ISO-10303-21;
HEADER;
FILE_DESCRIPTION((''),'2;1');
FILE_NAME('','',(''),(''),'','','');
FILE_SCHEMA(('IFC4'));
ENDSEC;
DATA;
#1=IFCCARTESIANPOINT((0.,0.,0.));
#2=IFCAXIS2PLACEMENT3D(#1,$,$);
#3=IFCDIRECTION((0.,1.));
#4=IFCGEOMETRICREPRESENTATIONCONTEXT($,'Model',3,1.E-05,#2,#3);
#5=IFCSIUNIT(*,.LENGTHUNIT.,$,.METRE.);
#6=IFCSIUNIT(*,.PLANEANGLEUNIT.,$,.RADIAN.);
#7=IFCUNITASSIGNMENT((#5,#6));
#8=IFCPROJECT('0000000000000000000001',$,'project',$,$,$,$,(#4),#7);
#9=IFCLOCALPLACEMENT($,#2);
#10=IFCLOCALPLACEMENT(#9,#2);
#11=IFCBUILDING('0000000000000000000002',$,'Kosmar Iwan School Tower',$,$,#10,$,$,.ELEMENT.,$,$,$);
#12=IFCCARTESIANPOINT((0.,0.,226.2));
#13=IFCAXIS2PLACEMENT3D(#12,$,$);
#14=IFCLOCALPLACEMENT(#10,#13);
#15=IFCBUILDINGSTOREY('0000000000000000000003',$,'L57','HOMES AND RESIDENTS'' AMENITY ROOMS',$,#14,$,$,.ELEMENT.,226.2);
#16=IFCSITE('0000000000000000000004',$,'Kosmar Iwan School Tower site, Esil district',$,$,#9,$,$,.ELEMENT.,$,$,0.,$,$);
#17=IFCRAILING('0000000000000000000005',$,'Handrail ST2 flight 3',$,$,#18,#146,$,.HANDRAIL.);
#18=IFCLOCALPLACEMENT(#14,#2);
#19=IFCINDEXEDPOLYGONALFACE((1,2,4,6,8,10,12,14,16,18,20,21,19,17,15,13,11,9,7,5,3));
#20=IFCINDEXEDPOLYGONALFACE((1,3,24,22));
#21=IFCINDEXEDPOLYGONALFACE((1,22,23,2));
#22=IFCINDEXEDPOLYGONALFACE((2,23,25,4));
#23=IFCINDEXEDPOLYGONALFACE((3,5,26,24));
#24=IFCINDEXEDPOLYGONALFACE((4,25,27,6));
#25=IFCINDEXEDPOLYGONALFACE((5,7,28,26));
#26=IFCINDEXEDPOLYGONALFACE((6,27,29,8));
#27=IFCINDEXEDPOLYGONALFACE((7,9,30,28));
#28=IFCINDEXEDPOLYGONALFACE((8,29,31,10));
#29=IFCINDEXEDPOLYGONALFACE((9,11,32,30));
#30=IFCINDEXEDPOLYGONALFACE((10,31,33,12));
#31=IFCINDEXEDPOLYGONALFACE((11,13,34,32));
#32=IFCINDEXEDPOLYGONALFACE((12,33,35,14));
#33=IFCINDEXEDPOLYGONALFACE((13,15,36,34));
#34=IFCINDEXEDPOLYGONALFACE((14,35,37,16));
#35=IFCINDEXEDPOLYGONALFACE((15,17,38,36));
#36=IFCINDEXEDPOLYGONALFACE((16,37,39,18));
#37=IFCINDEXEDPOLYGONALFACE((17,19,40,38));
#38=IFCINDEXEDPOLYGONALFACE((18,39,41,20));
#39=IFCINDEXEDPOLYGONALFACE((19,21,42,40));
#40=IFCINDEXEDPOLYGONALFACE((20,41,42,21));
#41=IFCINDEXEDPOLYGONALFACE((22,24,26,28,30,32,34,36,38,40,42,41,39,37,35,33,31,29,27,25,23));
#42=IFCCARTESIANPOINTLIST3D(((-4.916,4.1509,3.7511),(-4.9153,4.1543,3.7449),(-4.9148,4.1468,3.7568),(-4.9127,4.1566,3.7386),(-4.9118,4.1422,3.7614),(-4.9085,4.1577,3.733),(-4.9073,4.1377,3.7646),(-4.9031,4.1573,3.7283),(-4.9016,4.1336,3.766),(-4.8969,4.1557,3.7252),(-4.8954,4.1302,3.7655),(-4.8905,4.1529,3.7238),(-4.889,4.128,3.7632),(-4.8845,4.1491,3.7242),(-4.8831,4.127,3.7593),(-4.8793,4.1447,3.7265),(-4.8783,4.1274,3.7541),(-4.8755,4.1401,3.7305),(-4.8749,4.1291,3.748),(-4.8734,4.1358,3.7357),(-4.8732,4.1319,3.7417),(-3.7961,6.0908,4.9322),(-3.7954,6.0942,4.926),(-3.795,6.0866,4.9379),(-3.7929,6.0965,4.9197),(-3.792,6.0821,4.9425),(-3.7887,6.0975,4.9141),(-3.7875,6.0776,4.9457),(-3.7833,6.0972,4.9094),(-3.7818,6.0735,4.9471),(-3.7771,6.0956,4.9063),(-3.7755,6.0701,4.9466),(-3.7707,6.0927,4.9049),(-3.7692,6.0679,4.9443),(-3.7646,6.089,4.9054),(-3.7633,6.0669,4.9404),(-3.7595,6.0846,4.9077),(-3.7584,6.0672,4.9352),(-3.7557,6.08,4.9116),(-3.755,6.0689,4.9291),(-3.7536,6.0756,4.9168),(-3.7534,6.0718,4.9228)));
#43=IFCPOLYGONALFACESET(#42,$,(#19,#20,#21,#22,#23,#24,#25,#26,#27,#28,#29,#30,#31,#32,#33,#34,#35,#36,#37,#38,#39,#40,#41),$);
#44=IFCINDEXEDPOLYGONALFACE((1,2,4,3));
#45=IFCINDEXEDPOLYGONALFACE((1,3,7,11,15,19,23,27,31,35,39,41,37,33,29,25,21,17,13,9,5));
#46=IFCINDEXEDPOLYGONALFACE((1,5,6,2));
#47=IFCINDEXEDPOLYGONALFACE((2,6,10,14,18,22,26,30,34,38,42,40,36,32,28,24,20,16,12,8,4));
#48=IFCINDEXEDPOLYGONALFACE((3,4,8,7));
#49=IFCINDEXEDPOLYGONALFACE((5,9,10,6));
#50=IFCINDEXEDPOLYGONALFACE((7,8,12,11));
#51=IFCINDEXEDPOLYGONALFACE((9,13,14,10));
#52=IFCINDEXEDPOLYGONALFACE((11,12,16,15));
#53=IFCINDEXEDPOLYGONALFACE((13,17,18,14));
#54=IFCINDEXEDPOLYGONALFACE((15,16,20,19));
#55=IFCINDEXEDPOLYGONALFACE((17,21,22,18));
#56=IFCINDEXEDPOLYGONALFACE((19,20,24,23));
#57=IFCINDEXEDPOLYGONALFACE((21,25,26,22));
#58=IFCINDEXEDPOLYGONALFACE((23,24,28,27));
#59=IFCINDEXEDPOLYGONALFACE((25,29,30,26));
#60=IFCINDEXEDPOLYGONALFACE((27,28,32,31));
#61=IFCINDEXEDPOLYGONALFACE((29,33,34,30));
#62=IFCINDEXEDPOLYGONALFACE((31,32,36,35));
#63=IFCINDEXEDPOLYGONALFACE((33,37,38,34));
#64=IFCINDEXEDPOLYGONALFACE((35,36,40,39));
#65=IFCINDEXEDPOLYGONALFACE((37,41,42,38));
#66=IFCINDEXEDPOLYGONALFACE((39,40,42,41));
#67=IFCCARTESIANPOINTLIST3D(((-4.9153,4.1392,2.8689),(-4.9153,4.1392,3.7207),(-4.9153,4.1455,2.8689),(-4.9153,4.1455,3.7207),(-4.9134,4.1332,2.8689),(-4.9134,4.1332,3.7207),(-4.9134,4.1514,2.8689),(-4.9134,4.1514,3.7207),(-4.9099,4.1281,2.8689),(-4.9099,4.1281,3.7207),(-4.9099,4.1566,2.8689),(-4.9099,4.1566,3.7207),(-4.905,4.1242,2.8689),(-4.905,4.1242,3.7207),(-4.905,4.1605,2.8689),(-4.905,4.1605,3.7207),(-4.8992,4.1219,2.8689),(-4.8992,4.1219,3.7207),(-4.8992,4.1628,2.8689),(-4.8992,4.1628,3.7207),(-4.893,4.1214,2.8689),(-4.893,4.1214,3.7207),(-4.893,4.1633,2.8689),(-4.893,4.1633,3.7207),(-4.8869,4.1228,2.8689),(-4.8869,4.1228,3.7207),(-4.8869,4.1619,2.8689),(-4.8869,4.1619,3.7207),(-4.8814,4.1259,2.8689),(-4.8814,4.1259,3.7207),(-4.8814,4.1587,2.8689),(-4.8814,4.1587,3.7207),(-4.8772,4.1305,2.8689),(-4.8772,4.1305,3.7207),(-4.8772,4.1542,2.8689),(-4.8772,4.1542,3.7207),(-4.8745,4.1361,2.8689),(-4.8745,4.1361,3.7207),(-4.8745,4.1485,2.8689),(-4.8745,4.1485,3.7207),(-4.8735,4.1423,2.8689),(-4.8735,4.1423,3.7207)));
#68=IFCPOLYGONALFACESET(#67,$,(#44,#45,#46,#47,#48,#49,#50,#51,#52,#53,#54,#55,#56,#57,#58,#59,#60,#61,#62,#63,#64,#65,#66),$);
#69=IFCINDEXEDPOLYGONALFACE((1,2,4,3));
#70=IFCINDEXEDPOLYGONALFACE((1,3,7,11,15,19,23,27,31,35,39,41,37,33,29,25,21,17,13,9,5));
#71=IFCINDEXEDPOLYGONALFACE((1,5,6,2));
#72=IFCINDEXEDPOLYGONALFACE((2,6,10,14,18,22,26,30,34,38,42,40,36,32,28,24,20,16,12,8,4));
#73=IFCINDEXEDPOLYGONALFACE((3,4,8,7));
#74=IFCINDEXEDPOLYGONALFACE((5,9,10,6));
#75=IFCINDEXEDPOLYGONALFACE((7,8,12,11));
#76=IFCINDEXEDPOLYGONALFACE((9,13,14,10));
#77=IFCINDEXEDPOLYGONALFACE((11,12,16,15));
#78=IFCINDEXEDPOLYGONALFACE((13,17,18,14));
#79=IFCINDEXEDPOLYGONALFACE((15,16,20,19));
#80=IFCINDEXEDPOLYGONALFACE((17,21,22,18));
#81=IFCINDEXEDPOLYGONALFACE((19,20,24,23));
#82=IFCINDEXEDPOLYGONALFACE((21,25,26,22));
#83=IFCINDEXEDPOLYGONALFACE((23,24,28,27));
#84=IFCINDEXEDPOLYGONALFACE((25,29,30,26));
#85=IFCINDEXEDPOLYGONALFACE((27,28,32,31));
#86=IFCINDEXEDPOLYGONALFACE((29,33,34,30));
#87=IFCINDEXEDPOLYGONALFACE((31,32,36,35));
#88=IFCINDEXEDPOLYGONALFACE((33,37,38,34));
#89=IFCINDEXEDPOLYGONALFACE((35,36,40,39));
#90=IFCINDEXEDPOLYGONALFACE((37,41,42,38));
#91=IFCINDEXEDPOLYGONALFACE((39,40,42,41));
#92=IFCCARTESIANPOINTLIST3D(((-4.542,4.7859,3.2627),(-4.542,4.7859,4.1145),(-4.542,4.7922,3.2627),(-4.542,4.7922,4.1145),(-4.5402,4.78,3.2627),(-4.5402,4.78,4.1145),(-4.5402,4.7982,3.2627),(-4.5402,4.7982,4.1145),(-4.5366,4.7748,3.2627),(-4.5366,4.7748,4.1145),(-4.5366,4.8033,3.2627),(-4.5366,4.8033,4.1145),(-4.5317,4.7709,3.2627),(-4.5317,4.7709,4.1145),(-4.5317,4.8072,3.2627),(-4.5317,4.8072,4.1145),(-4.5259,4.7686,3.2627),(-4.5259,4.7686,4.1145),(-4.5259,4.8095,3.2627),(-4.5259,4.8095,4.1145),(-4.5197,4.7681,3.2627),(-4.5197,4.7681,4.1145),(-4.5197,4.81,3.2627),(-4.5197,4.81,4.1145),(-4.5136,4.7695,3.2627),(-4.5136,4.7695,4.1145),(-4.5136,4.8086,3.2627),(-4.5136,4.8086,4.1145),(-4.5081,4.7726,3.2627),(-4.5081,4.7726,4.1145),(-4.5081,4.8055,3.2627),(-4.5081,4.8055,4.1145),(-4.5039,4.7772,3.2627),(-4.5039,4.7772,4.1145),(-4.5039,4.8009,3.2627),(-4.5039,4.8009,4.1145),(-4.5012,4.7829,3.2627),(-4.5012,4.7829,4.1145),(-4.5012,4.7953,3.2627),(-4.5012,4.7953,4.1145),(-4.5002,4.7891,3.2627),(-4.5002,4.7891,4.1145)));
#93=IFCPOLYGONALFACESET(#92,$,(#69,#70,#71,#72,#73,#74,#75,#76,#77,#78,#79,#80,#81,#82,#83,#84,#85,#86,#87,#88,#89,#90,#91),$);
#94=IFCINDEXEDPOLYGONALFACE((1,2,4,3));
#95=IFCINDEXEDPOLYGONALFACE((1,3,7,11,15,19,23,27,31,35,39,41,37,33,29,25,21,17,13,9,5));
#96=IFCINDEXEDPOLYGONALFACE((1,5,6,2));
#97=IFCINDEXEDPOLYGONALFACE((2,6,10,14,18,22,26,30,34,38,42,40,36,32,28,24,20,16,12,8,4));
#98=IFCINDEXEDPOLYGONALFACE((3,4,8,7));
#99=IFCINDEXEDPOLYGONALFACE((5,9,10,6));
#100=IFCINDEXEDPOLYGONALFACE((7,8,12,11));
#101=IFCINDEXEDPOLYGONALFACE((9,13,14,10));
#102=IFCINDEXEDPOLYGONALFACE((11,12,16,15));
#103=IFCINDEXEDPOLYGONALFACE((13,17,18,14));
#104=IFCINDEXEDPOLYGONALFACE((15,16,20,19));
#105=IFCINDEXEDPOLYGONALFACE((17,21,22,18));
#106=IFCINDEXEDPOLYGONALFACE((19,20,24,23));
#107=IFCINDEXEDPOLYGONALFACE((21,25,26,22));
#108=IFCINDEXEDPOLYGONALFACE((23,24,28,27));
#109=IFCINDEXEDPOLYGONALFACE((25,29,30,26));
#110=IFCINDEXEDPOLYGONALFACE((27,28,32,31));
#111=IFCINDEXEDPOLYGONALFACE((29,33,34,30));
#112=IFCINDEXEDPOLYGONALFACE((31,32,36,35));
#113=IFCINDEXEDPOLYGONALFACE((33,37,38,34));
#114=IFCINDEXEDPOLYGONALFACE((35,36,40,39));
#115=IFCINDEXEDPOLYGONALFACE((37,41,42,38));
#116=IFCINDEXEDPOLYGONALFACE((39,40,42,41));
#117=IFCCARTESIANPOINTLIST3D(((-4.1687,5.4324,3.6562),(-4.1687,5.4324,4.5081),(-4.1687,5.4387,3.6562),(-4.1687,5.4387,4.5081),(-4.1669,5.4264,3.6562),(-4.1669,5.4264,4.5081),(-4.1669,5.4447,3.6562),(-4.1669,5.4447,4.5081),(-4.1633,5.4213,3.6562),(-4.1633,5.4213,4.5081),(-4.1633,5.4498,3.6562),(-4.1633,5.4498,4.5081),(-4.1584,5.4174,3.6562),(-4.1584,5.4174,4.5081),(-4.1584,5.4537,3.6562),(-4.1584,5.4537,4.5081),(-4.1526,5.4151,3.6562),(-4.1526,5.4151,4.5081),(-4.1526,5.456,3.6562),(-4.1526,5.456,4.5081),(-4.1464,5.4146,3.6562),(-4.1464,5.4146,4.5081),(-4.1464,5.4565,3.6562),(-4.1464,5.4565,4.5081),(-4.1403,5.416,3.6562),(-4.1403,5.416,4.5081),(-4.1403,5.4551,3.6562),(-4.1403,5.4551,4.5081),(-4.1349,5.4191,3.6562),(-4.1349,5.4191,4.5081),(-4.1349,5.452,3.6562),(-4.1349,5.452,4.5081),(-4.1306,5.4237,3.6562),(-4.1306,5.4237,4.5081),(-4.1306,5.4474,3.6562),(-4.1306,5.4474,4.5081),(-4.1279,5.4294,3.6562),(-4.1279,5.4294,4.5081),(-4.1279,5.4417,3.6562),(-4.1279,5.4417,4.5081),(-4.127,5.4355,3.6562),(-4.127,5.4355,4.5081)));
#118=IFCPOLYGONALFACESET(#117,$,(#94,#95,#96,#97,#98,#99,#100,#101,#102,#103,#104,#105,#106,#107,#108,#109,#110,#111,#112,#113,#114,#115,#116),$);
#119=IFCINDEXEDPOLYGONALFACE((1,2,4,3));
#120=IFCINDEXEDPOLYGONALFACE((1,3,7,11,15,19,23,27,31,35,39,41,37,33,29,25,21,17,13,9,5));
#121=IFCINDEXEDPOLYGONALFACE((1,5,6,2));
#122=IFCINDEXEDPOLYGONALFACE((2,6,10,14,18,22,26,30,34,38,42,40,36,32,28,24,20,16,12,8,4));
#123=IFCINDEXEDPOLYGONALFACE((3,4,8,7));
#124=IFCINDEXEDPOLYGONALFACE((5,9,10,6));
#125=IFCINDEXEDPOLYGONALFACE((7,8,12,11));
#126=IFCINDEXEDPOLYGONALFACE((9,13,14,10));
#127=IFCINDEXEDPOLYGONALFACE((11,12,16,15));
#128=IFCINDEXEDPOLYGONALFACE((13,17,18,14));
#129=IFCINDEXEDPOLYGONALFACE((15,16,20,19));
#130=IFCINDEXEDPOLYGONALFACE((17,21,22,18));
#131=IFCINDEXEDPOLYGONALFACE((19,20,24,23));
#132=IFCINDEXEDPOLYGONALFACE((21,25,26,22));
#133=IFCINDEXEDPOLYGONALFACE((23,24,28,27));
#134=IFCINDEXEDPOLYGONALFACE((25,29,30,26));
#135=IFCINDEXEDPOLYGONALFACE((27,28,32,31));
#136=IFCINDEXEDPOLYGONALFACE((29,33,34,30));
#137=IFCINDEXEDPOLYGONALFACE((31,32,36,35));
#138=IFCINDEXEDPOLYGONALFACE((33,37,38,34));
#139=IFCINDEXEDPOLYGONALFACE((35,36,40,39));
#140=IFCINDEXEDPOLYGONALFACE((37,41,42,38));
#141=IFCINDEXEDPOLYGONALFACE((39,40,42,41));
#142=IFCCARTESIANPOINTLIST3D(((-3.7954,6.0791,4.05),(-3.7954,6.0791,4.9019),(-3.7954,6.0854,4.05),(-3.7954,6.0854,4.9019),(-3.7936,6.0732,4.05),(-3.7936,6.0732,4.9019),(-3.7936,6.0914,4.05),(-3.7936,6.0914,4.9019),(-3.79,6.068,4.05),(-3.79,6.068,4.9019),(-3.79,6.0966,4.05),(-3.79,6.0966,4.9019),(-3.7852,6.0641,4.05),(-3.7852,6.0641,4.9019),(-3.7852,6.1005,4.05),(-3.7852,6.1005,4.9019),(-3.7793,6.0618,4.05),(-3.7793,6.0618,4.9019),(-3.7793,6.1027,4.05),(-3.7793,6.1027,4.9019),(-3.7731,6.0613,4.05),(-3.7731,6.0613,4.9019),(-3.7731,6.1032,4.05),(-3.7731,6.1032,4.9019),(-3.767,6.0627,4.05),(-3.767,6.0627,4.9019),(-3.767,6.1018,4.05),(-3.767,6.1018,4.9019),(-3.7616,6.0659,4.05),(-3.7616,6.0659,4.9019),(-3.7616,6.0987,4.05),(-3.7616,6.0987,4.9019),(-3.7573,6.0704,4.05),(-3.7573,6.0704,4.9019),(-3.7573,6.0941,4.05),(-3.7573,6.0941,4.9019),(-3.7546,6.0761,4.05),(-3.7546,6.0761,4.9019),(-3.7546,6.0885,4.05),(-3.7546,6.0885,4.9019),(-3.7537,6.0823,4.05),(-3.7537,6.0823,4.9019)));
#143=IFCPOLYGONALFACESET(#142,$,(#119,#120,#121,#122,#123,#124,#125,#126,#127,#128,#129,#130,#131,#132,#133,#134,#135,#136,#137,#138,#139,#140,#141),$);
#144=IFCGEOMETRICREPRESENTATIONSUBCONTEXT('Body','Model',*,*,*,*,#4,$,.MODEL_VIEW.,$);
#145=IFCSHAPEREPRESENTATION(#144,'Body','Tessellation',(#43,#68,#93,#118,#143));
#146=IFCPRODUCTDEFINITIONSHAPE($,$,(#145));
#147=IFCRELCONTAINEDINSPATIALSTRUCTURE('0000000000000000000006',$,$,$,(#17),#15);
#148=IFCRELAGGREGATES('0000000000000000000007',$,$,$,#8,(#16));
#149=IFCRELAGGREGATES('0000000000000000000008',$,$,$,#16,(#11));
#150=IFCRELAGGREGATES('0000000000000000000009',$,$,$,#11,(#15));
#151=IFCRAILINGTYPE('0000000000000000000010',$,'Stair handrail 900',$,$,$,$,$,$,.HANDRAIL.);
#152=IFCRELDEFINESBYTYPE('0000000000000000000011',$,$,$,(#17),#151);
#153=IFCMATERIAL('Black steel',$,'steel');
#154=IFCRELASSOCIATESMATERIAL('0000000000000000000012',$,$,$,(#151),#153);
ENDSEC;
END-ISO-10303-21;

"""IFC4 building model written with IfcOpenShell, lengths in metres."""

from ifc_helpers import new_model, si_unit, direction, frame, origin, origin_2d, place, context, subcontext, project, spatial, circle, extrude, material, type_object, element, save


model = new_model("IFC4")

# Units and contexts
model_context = context("Model", 3, precision=1e-05, world=origin(), true_north=direction((0.0, 1.0)))
body_context = subcontext(model_context, "Body", "Model", "MODEL_VIEW")
ifc_project = project(units=[si_unit("LENGTHUNIT", "METRE"), si_unit("PLANEANGLEUNIT", "RADIAN")], contexts=[model_context])

# Site, building, storey
site_placement = place(None, origin())
site = spatial("IfcSite", under=ifc_project, at=site_placement, Name="Kosmar Iwan School Tower site, Esil district", CompositionType="ELEMENT", RefElevation=0.0)
building_placement = place(site_placement, origin())
building = spatial("IfcBuilding", under=site, at=building_placement, Name="Kosmar Iwan School Tower", CompositionType="ELEMENT")
storey_placement = place(building_placement, frame((0.0, 0.0, 226.2)))
storey = spatial("IfcBuildingStorey", under=building, at=storey_placement, Name="L57", Description="HOMES AND RESIDENTS' AMENITY ROOMS", CompositionType="ELEMENT", Elevation=226.2)

# Railing
ifc_material_1 = material(Name="Black steel", Category="steel")
railing_type = type_object("IfcRailingType", Name="Stair handrail 900", PredefinedType="HANDRAIL", material=ifc_material_1)
railing_1_placement = place(storey_placement, frame((-4.8945, 4.1423, 2.8689)))
element("IfcRailing", 1, at=railing_1_placement, inside=storey, type_object=railing_type, Name="Handrail ST2 flight 3", PredefinedType="HANDRAIL", context=body_context, shape_type="SweptSolid", body=[
    extrude(circle(Radius=0.0239, at=origin_2d()), frame((0.0, 0.0, 0.876), z_axis=(0.442233, 0.766075, 0.466432), x_axis=(-0.866055, 0.499949, 0.0)), (0.0, 0.0, 1.0), 2.5322),
    extrude(circle(Radius=0.021, at=origin_2d()), origin(), (0.0, 0.0, 1.0), 0.8518),
    extrude(circle(Radius=0.021, at=origin_2d()), frame((0.3733, 0.6467, 0.3938)), (0.0, 0.0, 1.0), 0.8518),
    extrude(circle(Radius=0.021, at=origin_2d()), frame((0.7466, 1.2932, 0.7874)), (0.0, 0.0, 1.0), 0.8518),
    extrude(circle(Radius=0.021, at=origin_2d()), frame((1.1199, 1.9399, 1.1812)), (0.0, 0.0, 1.0), 0.8518),
])

save(model, "model.ifc")
